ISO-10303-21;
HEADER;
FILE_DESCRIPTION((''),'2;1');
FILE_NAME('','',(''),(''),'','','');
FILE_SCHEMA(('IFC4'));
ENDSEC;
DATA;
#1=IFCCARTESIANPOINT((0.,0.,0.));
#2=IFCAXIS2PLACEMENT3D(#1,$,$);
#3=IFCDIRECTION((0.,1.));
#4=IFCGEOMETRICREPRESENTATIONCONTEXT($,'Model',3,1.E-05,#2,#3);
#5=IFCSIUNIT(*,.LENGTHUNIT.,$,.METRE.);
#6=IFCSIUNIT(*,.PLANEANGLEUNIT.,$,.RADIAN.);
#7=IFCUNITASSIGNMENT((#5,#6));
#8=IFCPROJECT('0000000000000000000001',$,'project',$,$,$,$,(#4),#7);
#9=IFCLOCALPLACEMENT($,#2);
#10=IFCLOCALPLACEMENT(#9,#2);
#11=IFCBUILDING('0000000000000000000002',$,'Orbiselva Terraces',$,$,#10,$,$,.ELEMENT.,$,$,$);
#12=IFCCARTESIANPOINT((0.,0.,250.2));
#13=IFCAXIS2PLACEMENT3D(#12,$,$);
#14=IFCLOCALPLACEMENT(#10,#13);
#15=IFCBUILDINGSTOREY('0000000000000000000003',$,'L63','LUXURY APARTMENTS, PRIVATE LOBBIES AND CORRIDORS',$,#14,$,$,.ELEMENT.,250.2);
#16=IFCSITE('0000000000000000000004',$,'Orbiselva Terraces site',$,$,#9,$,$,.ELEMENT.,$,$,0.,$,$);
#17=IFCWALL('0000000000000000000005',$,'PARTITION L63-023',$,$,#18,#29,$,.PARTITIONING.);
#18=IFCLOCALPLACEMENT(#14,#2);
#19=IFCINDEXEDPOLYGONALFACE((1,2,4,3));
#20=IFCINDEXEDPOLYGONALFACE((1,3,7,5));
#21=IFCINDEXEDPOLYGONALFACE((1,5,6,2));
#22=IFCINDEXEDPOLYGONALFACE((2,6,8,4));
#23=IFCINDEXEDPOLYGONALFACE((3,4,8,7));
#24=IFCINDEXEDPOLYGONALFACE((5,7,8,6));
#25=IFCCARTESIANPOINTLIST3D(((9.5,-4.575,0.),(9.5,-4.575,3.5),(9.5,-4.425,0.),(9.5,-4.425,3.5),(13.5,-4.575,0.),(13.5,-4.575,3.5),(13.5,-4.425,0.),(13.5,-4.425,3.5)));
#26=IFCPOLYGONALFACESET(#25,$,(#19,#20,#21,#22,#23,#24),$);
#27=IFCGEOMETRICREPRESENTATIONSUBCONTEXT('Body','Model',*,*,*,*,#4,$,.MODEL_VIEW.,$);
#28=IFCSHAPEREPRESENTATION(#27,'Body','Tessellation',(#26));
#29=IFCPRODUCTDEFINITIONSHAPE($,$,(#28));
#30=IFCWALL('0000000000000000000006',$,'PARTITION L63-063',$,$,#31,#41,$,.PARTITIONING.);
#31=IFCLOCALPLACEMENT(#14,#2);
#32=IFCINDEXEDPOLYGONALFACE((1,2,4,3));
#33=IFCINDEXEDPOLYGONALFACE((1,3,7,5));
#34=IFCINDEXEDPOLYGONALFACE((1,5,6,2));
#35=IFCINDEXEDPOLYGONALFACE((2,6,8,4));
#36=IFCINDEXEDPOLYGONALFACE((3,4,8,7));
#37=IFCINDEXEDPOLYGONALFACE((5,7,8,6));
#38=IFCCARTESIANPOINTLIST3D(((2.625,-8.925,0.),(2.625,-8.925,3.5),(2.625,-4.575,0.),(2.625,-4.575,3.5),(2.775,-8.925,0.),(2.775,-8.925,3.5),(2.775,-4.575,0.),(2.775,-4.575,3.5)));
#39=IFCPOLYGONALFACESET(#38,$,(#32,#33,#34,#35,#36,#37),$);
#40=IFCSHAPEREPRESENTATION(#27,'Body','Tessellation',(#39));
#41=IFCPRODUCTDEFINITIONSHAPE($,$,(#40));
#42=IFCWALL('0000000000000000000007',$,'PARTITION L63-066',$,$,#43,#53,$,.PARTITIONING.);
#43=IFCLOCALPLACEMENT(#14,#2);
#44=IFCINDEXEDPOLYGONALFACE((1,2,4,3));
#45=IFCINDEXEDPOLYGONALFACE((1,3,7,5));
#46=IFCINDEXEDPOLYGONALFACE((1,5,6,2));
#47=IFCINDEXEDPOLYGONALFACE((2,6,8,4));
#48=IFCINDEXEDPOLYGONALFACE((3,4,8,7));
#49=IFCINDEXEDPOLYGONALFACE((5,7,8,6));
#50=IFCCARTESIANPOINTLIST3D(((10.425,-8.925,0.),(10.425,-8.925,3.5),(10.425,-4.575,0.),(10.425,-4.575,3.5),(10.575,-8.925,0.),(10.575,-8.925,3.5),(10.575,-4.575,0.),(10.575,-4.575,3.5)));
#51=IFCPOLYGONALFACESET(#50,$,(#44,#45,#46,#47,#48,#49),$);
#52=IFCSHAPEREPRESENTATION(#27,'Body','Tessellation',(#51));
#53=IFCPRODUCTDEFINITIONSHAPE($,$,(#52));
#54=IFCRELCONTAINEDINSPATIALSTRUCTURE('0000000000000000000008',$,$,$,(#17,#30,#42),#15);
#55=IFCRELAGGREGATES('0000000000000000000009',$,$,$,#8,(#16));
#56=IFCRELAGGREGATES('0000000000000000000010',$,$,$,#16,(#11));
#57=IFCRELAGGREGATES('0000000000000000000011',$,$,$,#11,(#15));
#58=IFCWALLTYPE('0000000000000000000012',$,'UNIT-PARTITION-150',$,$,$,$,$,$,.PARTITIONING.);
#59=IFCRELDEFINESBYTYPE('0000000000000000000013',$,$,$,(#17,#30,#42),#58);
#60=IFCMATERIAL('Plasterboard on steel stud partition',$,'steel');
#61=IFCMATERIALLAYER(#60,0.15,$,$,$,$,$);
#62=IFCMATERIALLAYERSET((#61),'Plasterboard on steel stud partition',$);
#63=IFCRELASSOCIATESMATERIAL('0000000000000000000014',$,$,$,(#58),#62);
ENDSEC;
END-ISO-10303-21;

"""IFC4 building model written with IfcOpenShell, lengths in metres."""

from ifc_helpers import new_model, si_unit, direction, frame, frame_2d, origin, place, context, subcontext, project, spatial, rectangle, extrude, material, layer, layer_set, type_object, element, save


model = new_model("IFC4")

# Units and contexts
model_context = context("Model", 3, precision=1e-05, world=origin(), true_north=direction((0.0, 1.0)))
body_context = subcontext(model_context, "Body", "Model", "MODEL_VIEW")
ifc_project = project(units=[si_unit("LENGTHUNIT", "METRE"), si_unit("PLANEANGLEUNIT", "RADIAN")], contexts=[model_context])

# Site, building, storey
site_placement = place(None, origin())
site = spatial("IfcSite", under=ifc_project, at=site_placement, Name="Orbiselva Terraces site", CompositionType="ELEMENT", RefElevation=0.0)
building_placement = place(site_placement, origin())
building = spatial("IfcBuilding", under=site, at=building_placement, Name="Orbiselva Terraces", CompositionType="ELEMENT")
storey_placement = place(building_placement, frame((0.0, 0.0, 250.2)))
storey = spatial("IfcBuildingStorey", under=building, at=storey_placement, Name="L63", Description="LUXURY APARTMENTS, PRIVATE LOBBIES AND CORRIDORS", CompositionType="ELEMENT", Elevation=250.2)

# Shared definitions
ifc_material_1 = material(Name="Plasterboard on steel stud partition", Category="steel")
ifc_layer_1 = layer(ifc_material_1, 0.15)
ifc_layer_set_1 = layer_set([ifc_layer_1], Name="Plasterboard on steel stud partition")
wall_type_1 = type_object("IfcWallType", Name="UNIT-PARTITION-150", PredefinedType="PARTITIONING", material=ifc_layer_set_1)

# Walls
wall_1_placement = place(storey_placement, frame((9.5, -4.5, 0.0), z_axis=(0.0, 0.0, 1.0), x_axis=(1.0, 0.0, 0.0)))
element("IfcWall", 1, at=wall_1_placement, inside=storey, type_object=wall_type_1, Name="PARTITION L63-023", PredefinedType="PARTITIONING", context=body_context, shape_type="SweptSolid", body=[
    extrude(rectangle(XDim=4.0, YDim=0.15, at=frame_2d((2.0, 0.0))), origin(), (0.0, 0.0, 1.0), 3.5),
])
for number, where, z_axis, x_axis, name in (
    (2, (2.7, -8.925, 0.0), (0.0, 0.0, 1.0), (0.0, 1.0, 0.0), "PARTITION L63-063"),
    (3, (10.5, -8.925, 0.0), (0.0, 0.0, 1.0), (0.0, 1.0, 0.0), "PARTITION L63-066"),
):
    element("IfcWall", number, at=place(storey_placement, frame(where, z_axis=z_axis, x_axis=x_axis)), inside=storey, type_object=wall_type_1, Name=name, PredefinedType="PARTITIONING", context=body_context, shape_type="SweptSolid", body=[
        extrude(rectangle(XDim=4.35, YDim=0.15, at=frame_2d((2.175, 0.0))), origin(), (0.0, 0.0, 1.0), 3.5),
    ])

save(model, "model.ifc")
